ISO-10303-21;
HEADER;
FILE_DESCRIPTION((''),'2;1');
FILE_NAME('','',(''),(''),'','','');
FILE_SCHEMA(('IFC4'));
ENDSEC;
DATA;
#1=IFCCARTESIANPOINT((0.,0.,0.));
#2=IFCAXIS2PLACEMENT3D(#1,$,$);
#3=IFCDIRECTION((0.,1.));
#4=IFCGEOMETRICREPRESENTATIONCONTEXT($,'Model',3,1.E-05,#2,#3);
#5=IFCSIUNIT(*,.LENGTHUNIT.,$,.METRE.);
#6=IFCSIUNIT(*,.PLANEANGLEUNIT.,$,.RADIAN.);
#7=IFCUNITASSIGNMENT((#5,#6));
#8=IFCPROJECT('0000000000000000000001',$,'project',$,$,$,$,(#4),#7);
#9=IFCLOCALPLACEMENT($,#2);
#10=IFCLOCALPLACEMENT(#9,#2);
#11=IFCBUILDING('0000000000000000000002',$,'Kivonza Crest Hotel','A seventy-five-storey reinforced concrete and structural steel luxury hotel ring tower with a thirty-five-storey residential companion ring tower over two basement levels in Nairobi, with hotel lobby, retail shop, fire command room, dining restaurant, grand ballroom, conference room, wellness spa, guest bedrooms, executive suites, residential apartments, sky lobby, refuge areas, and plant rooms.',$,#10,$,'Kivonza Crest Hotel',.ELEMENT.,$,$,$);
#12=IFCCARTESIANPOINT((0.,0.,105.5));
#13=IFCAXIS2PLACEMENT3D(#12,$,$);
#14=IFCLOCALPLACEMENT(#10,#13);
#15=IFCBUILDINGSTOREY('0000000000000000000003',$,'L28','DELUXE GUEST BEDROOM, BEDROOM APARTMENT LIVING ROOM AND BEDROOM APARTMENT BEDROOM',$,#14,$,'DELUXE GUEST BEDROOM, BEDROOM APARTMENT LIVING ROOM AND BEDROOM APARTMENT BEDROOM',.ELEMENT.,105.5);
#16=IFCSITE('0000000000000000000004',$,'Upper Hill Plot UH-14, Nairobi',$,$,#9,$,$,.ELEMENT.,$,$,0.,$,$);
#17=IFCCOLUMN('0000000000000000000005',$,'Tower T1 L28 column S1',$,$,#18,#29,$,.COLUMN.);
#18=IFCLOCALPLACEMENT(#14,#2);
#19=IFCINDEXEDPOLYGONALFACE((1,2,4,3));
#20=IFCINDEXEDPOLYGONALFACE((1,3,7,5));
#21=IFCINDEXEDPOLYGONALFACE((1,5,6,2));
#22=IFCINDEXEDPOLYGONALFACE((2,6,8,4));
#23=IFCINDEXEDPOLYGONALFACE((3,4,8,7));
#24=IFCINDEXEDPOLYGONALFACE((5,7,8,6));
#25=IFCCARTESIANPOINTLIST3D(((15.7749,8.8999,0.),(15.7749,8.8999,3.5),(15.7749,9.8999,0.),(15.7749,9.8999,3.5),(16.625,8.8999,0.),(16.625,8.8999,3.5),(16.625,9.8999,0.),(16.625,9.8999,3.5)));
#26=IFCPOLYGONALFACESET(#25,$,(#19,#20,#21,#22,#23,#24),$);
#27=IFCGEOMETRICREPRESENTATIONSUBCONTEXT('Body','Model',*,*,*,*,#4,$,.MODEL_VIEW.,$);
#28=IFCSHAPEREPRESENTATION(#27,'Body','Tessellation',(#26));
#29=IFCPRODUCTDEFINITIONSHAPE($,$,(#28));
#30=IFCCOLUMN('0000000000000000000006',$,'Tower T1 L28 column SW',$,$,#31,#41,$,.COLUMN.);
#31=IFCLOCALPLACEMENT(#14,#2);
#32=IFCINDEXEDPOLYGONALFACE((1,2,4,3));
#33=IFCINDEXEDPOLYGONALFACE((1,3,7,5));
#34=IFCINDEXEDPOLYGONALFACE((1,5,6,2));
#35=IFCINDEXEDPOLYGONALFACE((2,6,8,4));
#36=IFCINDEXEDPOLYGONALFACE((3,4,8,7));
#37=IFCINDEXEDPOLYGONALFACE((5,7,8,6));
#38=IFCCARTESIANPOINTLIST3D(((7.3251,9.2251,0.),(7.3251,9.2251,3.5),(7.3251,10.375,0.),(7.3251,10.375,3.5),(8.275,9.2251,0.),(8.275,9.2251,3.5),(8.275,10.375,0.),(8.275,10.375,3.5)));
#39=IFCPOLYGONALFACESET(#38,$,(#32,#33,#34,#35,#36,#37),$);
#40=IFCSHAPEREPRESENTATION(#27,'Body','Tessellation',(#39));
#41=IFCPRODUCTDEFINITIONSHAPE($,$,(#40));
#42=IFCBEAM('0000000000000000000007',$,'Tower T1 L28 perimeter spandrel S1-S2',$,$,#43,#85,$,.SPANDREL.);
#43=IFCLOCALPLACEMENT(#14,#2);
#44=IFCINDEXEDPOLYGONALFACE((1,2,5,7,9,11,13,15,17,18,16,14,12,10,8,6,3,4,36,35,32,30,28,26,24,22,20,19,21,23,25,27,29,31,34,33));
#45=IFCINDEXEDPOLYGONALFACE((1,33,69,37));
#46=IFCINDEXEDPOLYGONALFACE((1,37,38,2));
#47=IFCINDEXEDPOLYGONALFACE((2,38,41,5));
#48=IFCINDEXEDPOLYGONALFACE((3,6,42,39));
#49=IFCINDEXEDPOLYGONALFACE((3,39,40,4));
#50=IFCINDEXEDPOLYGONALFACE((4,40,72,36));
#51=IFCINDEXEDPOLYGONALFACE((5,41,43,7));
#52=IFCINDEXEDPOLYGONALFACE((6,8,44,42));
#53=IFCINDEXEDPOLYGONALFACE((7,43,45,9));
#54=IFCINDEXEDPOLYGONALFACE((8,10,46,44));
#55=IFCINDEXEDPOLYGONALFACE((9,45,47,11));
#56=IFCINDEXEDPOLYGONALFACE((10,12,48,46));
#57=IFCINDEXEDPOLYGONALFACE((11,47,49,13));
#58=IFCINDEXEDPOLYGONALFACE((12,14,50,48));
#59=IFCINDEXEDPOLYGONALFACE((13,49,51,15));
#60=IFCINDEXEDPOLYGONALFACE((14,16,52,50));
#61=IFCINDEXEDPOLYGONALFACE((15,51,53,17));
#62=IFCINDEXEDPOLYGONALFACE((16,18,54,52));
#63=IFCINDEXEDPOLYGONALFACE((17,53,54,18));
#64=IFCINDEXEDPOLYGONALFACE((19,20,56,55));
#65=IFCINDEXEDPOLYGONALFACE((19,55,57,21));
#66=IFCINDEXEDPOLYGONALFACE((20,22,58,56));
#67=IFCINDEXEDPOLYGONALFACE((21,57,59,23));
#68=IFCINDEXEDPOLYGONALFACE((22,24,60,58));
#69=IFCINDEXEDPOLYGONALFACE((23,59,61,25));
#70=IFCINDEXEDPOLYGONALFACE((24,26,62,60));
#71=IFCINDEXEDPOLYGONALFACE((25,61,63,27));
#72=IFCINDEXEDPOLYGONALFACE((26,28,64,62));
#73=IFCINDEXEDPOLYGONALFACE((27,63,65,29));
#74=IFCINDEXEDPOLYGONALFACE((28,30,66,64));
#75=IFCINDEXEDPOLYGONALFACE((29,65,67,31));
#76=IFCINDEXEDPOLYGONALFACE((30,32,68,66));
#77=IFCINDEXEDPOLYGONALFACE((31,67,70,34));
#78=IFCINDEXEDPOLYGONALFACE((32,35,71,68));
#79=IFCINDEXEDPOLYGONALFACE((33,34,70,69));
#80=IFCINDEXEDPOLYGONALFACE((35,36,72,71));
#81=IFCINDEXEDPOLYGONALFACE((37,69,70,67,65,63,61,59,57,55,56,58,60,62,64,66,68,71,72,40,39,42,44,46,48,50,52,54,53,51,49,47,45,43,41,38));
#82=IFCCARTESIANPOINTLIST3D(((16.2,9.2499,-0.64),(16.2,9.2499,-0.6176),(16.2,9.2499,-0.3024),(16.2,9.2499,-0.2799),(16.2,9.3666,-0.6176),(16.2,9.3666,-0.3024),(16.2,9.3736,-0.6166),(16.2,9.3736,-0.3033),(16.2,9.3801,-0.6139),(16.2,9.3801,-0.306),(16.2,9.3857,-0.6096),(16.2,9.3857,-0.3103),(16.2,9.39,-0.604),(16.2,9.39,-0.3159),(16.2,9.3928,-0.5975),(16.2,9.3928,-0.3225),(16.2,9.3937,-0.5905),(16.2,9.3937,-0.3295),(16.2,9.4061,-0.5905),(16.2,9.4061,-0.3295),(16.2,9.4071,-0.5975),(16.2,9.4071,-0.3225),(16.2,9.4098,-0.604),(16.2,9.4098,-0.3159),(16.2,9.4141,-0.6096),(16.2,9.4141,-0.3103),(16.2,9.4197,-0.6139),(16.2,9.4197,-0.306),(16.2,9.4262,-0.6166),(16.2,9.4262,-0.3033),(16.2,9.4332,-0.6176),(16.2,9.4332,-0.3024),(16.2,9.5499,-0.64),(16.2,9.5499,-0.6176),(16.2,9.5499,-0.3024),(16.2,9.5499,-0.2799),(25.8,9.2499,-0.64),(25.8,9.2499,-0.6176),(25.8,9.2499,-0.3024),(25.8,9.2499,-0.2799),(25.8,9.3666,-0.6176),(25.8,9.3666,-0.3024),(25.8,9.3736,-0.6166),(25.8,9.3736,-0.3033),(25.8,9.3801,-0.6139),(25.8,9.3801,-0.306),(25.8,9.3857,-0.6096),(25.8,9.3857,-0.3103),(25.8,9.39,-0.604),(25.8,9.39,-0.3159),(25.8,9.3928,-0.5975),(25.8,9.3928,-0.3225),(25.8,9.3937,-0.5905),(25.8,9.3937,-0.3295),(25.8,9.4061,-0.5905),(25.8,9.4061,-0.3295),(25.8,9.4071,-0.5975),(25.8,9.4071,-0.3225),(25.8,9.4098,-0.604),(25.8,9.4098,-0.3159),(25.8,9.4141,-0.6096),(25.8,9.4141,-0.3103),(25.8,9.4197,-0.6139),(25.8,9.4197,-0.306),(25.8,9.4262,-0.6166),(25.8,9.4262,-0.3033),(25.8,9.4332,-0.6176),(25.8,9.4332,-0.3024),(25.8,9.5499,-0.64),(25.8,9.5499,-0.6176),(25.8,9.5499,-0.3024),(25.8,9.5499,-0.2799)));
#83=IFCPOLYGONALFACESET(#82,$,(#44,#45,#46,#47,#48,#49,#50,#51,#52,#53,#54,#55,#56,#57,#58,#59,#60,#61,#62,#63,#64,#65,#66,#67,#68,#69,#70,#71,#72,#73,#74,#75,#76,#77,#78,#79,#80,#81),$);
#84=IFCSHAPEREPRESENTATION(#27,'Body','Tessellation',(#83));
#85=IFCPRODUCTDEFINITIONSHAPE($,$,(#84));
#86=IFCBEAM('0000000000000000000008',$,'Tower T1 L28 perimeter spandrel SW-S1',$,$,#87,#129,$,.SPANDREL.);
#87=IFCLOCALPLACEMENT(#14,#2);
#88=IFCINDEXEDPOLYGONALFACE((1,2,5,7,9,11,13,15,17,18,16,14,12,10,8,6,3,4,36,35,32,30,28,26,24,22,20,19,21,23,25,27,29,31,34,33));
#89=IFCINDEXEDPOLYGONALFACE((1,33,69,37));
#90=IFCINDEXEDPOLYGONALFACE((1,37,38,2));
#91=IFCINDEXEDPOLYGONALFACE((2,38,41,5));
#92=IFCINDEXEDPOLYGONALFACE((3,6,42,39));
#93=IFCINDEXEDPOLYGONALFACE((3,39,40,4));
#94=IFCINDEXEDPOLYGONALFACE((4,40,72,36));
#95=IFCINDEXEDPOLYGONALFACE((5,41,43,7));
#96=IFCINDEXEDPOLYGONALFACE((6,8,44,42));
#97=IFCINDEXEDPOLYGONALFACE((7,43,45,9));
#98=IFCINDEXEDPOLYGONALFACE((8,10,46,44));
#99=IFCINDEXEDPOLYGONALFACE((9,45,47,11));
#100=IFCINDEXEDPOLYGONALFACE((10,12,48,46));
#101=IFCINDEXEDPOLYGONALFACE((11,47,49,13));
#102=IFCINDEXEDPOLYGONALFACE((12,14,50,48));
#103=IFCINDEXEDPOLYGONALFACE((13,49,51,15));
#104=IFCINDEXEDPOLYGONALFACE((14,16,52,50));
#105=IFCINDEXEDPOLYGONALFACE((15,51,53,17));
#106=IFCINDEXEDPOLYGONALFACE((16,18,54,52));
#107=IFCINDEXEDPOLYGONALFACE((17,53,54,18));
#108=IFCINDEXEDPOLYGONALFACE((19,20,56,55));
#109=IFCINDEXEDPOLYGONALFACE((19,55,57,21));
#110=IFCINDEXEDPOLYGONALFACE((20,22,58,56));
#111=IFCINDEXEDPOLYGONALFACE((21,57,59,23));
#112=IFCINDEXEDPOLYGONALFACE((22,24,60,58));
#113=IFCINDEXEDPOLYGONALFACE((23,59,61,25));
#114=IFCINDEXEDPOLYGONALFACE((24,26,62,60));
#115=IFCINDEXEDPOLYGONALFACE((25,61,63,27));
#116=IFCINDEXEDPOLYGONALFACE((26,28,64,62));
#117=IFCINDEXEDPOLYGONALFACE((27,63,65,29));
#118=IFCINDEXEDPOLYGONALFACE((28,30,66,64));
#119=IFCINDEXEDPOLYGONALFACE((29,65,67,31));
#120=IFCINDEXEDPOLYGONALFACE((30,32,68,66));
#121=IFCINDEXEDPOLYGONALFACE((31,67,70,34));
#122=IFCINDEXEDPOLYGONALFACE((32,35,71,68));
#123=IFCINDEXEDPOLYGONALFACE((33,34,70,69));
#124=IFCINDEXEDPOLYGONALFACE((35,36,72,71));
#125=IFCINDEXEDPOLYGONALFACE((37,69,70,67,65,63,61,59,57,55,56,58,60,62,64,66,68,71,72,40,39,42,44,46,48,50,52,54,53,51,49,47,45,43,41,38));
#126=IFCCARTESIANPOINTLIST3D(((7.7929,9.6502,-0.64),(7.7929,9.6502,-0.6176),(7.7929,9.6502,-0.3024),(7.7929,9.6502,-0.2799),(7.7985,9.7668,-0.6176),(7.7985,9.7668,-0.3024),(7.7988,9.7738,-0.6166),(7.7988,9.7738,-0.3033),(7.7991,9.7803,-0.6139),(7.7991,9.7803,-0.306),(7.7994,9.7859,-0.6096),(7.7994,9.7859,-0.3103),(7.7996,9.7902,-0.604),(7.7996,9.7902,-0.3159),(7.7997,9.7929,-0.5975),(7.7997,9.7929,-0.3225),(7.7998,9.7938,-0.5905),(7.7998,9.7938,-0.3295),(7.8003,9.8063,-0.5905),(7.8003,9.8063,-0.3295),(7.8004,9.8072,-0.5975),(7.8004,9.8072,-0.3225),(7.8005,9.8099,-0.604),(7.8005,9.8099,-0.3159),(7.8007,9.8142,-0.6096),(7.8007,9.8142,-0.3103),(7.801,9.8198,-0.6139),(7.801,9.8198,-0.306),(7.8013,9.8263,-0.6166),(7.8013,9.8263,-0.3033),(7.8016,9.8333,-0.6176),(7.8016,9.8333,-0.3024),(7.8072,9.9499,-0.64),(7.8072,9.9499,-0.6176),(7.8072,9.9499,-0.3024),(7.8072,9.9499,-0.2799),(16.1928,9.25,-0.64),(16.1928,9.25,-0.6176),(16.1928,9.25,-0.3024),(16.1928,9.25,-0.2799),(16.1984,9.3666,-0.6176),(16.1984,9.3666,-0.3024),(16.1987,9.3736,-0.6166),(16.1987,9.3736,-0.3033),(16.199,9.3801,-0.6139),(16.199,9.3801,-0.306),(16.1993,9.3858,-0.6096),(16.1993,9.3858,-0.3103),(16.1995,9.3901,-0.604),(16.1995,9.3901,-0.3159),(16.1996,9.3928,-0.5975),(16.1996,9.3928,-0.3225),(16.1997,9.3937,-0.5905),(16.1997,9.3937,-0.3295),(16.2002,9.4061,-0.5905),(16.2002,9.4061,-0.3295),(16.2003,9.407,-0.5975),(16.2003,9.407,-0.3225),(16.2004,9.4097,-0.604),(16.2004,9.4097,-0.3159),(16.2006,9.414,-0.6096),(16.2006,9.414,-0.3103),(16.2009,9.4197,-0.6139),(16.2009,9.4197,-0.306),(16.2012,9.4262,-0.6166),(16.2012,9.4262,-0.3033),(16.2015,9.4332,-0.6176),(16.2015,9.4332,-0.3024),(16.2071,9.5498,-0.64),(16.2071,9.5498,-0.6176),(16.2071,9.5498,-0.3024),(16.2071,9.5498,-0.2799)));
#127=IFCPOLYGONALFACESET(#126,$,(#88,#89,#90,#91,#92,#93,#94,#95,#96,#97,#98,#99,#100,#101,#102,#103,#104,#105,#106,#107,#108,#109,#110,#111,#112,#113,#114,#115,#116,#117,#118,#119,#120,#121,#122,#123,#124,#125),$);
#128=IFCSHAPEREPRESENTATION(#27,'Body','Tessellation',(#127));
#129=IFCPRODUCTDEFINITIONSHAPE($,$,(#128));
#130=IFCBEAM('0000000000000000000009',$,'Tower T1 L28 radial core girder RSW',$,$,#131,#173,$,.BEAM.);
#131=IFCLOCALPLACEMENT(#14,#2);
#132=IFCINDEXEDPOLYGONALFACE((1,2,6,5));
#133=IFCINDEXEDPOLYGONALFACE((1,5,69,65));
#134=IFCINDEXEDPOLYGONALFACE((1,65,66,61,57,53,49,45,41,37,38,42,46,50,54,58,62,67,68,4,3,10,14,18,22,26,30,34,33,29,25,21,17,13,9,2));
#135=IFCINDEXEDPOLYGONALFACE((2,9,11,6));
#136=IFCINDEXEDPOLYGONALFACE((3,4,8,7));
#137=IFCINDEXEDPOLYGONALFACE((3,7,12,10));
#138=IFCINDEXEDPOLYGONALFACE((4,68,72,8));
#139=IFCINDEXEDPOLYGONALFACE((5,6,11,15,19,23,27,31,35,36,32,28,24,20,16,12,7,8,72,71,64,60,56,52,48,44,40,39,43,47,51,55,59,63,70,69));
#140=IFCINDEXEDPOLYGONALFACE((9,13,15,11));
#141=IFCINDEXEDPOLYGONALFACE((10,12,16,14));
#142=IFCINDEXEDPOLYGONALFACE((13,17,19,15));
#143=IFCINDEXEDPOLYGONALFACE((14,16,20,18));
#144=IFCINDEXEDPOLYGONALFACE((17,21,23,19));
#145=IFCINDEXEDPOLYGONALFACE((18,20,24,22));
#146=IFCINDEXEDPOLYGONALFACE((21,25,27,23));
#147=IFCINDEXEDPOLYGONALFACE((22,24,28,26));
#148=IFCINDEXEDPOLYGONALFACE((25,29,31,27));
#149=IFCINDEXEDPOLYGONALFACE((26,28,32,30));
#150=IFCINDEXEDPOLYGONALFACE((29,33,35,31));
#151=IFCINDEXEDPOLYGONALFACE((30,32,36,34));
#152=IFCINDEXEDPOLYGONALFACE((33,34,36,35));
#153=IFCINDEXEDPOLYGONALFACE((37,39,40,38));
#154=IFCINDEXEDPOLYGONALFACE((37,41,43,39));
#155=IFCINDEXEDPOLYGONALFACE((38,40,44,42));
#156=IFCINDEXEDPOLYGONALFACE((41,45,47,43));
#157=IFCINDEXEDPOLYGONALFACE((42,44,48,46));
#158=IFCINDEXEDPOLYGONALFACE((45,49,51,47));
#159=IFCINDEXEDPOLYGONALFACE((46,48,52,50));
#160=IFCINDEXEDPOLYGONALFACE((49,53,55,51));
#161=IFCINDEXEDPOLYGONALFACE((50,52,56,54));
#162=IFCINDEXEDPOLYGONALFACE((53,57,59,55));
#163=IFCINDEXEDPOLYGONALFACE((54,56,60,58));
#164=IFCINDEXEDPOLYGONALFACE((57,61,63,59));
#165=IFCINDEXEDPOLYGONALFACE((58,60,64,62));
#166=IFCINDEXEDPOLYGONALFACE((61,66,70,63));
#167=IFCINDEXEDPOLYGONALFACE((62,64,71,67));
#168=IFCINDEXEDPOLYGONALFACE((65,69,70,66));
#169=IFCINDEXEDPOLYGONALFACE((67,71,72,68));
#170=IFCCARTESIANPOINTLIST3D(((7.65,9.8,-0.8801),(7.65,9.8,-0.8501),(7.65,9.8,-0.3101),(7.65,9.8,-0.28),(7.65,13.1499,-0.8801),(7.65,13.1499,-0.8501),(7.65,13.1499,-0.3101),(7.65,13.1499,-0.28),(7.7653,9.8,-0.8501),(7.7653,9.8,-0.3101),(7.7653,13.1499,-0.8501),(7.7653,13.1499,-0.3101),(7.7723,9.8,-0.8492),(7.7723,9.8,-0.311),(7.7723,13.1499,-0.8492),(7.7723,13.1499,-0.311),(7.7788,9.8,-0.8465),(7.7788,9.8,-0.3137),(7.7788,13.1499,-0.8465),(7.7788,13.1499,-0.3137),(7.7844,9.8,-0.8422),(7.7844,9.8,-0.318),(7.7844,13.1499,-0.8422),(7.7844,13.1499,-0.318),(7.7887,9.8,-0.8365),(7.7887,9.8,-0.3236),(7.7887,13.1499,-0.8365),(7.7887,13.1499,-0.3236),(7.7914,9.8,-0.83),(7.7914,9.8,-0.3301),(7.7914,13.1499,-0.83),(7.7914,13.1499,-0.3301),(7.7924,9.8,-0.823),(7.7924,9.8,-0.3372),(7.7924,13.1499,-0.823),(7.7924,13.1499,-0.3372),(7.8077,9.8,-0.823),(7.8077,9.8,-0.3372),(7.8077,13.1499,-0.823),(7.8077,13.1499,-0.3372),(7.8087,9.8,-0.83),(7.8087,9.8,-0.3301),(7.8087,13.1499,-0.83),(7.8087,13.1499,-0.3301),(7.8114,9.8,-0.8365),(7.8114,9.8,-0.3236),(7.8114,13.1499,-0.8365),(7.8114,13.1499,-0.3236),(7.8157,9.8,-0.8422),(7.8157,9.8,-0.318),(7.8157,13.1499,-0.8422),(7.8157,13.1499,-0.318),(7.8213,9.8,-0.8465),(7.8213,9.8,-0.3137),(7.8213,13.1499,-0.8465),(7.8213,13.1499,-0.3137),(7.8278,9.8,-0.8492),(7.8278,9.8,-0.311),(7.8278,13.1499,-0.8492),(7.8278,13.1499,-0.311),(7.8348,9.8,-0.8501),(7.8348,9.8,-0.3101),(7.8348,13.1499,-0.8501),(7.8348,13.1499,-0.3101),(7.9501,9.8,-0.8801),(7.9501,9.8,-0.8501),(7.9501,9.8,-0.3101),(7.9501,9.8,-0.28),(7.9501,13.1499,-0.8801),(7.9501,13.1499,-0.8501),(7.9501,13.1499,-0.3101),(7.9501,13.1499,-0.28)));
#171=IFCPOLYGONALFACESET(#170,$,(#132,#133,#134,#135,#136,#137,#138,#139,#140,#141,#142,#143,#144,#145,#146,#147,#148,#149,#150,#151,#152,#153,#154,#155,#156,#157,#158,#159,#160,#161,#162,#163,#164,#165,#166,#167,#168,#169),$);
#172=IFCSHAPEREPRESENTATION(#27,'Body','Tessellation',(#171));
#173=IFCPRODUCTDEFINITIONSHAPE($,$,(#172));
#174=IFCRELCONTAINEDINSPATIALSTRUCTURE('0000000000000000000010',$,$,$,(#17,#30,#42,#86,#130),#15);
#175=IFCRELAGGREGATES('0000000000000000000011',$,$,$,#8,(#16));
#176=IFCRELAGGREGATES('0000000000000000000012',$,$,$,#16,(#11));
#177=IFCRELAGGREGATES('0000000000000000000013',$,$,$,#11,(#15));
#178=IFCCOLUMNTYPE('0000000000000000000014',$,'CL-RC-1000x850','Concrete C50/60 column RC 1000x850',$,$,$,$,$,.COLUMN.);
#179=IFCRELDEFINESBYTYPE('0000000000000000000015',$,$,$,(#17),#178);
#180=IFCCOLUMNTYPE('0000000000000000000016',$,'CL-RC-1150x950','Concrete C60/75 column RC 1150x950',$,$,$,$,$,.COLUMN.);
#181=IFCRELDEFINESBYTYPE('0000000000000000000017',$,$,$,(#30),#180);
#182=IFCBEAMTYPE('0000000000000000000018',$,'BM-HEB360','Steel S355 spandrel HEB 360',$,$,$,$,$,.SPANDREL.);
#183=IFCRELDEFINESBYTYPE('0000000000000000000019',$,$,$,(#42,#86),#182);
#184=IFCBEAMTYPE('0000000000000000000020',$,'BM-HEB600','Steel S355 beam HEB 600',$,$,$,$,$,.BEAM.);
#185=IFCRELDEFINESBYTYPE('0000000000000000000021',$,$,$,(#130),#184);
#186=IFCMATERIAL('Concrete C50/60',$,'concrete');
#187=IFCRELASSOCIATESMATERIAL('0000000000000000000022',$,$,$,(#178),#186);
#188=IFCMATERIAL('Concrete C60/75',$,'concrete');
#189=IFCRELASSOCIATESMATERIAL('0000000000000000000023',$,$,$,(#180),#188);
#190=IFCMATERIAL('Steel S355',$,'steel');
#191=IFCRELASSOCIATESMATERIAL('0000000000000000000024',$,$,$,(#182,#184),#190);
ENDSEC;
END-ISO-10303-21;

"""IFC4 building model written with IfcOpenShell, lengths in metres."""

from ifc_helpers import new_model, si_unit, direction, frame, origin, origin_2d, place, context, subcontext, project, spatial, rectangle, i_section, extrude, material, material_profile, profile_set, type_object, element, save


model = new_model("IFC4")

# Units and contexts
model_context = context("Model", 3, precision=1e-05, world=origin(), true_north=direction((0.0, 1.0)))
body_context = subcontext(model_context, "Body", "Model", "MODEL_VIEW")
ifc_project = project(units=[si_unit("LENGTHUNIT", "METRE"), si_unit("PLANEANGLEUNIT", "RADIAN")], contexts=[model_context])

# Site, building, storey
site_placement = place(None, origin())
site = spatial("IfcSite", under=ifc_project, at=site_placement, Name="Upper Hill Plot UH-14, Nairobi", CompositionType="ELEMENT", RefElevation=0.0)
building_placement = place(site_placement, origin())
building = spatial("IfcBuilding", under=site, at=building_placement, Name="Kivonza Crest Hotel", Description="A seventy-five-storey reinforced concrete and structural steel luxury hotel ring tower with a thirty-five-storey residential companion ring tower over two basement levels in Nairobi, with hotel lobby, retail shop, fire command room, dining restaurant, grand ballroom, conference room, wellness spa, guest bedrooms, executive suites, residential apartments, sky lobby, refuge areas, and plant rooms.", LongName="Kivonza Crest Hotel", CompositionType="ELEMENT")
storey_placement = place(building_placement, frame((0.0, 0.0, 105.5)))
storey = spatial("IfcBuildingStorey", under=building, at=storey_placement, Name="L28", Description="DELUXE GUEST BEDROOM, BEDROOM APARTMENT LIVING ROOM AND BEDROOM APARTMENT BEDROOM", LongName="DELUXE GUEST BEDROOM, BEDROOM APARTMENT LIVING ROOM AND BEDROOM APARTMENT BEDROOM", CompositionType="ELEMENT", Elevation=105.5)

# Columns
ifc_material_1 = material(Name="Concrete C50/60", Category="concrete")
ifc_material_profile_1 = material_profile(ifc_material_1, rectangle(XDim=0.8501, YDim=1.0, at=origin_2d()), Name="RC 1000x850")
ifc_profile_set_1 = profile_set([ifc_material_profile_1], Name="Concrete C50/60")
column_type_1 = type_object("IfcColumnType", Name="CL-RC-1000x850", Description="Concrete C50/60 column RC 1000x850", PredefinedType="COLUMN", material=ifc_profile_set_1)
column_1_placement = place(storey_placement, frame((16.2, 9.3999, 0.0), z_axis=(0.0, 0.0, 1.0), x_axis=(1.0, 0.0, 0.0)))
element("IfcColumn", 1, at=column_1_placement, inside=storey, type_object=column_type_1, Name="Tower T1 L28 column S1", PredefinedType="COLUMN", context=body_context, shape_type="SweptSolid", body=[
    extrude(rectangle(XDim=0.8501, YDim=1.0, at=origin_2d()), origin(), (0.0, 0.0, 1.0), 3.5),
])
ifc_material_2 = material(Name="Concrete C60/75", Category="concrete")
ifc_material_profile_2 = material_profile(ifc_material_2, rectangle(XDim=0.95, YDim=1.1499, at=origin_2d()), Name="RC 1150x950")
ifc_profile_set_2 = profile_set([ifc_material_profile_2], Name="Concrete C60/75")
column_type_2 = type_object("IfcColumnType", Name="CL-RC-1150x950", Description="Concrete C60/75 column RC 1150x950", PredefinedType="COLUMN", material=ifc_profile_set_2)
column_2_placement = place(storey_placement, frame((7.8, 9.8, 0.0), z_axis=(0.0, 0.0, 1.0), x_axis=(1.0, 0.0, 0.0)))
element("IfcColumn", 2, at=column_2_placement, inside=storey, type_object=column_type_2, Name="Tower T1 L28 column SW", PredefinedType="COLUMN", context=body_context, shape_type="SweptSolid", body=[
    extrude(rectangle(XDim=0.95, YDim=1.1499, at=origin_2d()), origin(), (0.0, 0.0, 1.0), 3.5),
])

# Beams
ifc_material_3 = material(Name="Steel S355", Category="steel")
ifc_material_profile_3 = material_profile(ifc_material_3, i_section(OverallWidth=0.3, OverallDepth=0.3601, WebThickness=0.0125, FlangeThickness=0.0225, FilletRadius=0.0271, at=origin_2d()), Name="HEB 360")
ifc_profile_set_3 = profile_set([ifc_material_profile_3], Name="Steel S355")
beam_type_1 = type_object("IfcBeamType", Name="BM-HEB360", Description="Steel S355 spandrel HEB 360", PredefinedType="SPANDREL", material=ifc_profile_set_3)
beam_1_placement = place(storey_placement, frame((16.2, 9.3999, -0.46), z_axis=(1.0, 0.0, 0.0), x_axis=(0.0, 1.0, 0.0)))
element("IfcBeam", 3, at=beam_1_placement, inside=storey, type_object=beam_type_1, Name="Tower T1 L28 perimeter spandrel S1-S2", PredefinedType="SPANDREL", context=body_context, shape_type="SweptSolid", body=[
    extrude(i_section(OverallWidth=0.3, OverallDepth=0.3601, WebThickness=0.0125, FlangeThickness=0.0225, FilletRadius=0.0271, at=origin_2d()), origin(), (0.0, 0.0, 1.0), 9.6001),
])
beam_2_placement = place(storey_placement, frame((7.8, 9.8, -0.46), z_axis=(0.998867, -0.047583, 0.0), x_axis=(0.047583, 0.998867, 0.0)))
element("IfcBeam", 4, at=beam_2_placement, inside=storey, type_object=beam_type_1, Name="Tower T1 L28 perimeter spandrel SW-S1", PredefinedType="SPANDREL", context=body_context, shape_type="SweptSolid", body=[
    extrude(i_section(OverallWidth=0.3, OverallDepth=0.3601, WebThickness=0.0125, FlangeThickness=0.0225, FilletRadius=0.0271, at=origin_2d()), origin(), (0.0, 0.0, 1.0), 8.4094),
])
ifc_material_profile_4 = material_profile(ifc_material_3, i_section(OverallWidth=0.3, OverallDepth=0.6001, WebThickness=0.0154, FlangeThickness=0.03, FilletRadius=0.0271, at=origin_2d()), Name="HEB 600")
ifc_profile_set_4 = profile_set([ifc_material_profile_4], Name="Steel S355")
beam_type_2 = type_object("IfcBeamType", Name="BM-HEB600", Description="Steel S355 beam HEB 600", PredefinedType="BEAM", material=ifc_profile_set_4)
beam_3_placement = place(storey_placement, frame((7.8, 9.8, -0.5801), z_axis=(0.0, 1.0, 0.0), x_axis=(-1.0, 0.0, 0.0)))
element("IfcBeam", 5, at=beam_3_placement, inside=storey, type_object=beam_type_2, Name="Tower T1 L28 radial core girder RSW", PredefinedType="BEAM", context=body_context, shape_type="SweptSolid", body=[
    extrude(i_section(OverallWidth=0.3, OverallDepth=0.6001, WebThickness=0.0154, FlangeThickness=0.03, FilletRadius=0.0271, at=origin_2d()), origin(), (0.0, 0.0, 1.0), 3.3499),
])

save(model, "model.ifc")
